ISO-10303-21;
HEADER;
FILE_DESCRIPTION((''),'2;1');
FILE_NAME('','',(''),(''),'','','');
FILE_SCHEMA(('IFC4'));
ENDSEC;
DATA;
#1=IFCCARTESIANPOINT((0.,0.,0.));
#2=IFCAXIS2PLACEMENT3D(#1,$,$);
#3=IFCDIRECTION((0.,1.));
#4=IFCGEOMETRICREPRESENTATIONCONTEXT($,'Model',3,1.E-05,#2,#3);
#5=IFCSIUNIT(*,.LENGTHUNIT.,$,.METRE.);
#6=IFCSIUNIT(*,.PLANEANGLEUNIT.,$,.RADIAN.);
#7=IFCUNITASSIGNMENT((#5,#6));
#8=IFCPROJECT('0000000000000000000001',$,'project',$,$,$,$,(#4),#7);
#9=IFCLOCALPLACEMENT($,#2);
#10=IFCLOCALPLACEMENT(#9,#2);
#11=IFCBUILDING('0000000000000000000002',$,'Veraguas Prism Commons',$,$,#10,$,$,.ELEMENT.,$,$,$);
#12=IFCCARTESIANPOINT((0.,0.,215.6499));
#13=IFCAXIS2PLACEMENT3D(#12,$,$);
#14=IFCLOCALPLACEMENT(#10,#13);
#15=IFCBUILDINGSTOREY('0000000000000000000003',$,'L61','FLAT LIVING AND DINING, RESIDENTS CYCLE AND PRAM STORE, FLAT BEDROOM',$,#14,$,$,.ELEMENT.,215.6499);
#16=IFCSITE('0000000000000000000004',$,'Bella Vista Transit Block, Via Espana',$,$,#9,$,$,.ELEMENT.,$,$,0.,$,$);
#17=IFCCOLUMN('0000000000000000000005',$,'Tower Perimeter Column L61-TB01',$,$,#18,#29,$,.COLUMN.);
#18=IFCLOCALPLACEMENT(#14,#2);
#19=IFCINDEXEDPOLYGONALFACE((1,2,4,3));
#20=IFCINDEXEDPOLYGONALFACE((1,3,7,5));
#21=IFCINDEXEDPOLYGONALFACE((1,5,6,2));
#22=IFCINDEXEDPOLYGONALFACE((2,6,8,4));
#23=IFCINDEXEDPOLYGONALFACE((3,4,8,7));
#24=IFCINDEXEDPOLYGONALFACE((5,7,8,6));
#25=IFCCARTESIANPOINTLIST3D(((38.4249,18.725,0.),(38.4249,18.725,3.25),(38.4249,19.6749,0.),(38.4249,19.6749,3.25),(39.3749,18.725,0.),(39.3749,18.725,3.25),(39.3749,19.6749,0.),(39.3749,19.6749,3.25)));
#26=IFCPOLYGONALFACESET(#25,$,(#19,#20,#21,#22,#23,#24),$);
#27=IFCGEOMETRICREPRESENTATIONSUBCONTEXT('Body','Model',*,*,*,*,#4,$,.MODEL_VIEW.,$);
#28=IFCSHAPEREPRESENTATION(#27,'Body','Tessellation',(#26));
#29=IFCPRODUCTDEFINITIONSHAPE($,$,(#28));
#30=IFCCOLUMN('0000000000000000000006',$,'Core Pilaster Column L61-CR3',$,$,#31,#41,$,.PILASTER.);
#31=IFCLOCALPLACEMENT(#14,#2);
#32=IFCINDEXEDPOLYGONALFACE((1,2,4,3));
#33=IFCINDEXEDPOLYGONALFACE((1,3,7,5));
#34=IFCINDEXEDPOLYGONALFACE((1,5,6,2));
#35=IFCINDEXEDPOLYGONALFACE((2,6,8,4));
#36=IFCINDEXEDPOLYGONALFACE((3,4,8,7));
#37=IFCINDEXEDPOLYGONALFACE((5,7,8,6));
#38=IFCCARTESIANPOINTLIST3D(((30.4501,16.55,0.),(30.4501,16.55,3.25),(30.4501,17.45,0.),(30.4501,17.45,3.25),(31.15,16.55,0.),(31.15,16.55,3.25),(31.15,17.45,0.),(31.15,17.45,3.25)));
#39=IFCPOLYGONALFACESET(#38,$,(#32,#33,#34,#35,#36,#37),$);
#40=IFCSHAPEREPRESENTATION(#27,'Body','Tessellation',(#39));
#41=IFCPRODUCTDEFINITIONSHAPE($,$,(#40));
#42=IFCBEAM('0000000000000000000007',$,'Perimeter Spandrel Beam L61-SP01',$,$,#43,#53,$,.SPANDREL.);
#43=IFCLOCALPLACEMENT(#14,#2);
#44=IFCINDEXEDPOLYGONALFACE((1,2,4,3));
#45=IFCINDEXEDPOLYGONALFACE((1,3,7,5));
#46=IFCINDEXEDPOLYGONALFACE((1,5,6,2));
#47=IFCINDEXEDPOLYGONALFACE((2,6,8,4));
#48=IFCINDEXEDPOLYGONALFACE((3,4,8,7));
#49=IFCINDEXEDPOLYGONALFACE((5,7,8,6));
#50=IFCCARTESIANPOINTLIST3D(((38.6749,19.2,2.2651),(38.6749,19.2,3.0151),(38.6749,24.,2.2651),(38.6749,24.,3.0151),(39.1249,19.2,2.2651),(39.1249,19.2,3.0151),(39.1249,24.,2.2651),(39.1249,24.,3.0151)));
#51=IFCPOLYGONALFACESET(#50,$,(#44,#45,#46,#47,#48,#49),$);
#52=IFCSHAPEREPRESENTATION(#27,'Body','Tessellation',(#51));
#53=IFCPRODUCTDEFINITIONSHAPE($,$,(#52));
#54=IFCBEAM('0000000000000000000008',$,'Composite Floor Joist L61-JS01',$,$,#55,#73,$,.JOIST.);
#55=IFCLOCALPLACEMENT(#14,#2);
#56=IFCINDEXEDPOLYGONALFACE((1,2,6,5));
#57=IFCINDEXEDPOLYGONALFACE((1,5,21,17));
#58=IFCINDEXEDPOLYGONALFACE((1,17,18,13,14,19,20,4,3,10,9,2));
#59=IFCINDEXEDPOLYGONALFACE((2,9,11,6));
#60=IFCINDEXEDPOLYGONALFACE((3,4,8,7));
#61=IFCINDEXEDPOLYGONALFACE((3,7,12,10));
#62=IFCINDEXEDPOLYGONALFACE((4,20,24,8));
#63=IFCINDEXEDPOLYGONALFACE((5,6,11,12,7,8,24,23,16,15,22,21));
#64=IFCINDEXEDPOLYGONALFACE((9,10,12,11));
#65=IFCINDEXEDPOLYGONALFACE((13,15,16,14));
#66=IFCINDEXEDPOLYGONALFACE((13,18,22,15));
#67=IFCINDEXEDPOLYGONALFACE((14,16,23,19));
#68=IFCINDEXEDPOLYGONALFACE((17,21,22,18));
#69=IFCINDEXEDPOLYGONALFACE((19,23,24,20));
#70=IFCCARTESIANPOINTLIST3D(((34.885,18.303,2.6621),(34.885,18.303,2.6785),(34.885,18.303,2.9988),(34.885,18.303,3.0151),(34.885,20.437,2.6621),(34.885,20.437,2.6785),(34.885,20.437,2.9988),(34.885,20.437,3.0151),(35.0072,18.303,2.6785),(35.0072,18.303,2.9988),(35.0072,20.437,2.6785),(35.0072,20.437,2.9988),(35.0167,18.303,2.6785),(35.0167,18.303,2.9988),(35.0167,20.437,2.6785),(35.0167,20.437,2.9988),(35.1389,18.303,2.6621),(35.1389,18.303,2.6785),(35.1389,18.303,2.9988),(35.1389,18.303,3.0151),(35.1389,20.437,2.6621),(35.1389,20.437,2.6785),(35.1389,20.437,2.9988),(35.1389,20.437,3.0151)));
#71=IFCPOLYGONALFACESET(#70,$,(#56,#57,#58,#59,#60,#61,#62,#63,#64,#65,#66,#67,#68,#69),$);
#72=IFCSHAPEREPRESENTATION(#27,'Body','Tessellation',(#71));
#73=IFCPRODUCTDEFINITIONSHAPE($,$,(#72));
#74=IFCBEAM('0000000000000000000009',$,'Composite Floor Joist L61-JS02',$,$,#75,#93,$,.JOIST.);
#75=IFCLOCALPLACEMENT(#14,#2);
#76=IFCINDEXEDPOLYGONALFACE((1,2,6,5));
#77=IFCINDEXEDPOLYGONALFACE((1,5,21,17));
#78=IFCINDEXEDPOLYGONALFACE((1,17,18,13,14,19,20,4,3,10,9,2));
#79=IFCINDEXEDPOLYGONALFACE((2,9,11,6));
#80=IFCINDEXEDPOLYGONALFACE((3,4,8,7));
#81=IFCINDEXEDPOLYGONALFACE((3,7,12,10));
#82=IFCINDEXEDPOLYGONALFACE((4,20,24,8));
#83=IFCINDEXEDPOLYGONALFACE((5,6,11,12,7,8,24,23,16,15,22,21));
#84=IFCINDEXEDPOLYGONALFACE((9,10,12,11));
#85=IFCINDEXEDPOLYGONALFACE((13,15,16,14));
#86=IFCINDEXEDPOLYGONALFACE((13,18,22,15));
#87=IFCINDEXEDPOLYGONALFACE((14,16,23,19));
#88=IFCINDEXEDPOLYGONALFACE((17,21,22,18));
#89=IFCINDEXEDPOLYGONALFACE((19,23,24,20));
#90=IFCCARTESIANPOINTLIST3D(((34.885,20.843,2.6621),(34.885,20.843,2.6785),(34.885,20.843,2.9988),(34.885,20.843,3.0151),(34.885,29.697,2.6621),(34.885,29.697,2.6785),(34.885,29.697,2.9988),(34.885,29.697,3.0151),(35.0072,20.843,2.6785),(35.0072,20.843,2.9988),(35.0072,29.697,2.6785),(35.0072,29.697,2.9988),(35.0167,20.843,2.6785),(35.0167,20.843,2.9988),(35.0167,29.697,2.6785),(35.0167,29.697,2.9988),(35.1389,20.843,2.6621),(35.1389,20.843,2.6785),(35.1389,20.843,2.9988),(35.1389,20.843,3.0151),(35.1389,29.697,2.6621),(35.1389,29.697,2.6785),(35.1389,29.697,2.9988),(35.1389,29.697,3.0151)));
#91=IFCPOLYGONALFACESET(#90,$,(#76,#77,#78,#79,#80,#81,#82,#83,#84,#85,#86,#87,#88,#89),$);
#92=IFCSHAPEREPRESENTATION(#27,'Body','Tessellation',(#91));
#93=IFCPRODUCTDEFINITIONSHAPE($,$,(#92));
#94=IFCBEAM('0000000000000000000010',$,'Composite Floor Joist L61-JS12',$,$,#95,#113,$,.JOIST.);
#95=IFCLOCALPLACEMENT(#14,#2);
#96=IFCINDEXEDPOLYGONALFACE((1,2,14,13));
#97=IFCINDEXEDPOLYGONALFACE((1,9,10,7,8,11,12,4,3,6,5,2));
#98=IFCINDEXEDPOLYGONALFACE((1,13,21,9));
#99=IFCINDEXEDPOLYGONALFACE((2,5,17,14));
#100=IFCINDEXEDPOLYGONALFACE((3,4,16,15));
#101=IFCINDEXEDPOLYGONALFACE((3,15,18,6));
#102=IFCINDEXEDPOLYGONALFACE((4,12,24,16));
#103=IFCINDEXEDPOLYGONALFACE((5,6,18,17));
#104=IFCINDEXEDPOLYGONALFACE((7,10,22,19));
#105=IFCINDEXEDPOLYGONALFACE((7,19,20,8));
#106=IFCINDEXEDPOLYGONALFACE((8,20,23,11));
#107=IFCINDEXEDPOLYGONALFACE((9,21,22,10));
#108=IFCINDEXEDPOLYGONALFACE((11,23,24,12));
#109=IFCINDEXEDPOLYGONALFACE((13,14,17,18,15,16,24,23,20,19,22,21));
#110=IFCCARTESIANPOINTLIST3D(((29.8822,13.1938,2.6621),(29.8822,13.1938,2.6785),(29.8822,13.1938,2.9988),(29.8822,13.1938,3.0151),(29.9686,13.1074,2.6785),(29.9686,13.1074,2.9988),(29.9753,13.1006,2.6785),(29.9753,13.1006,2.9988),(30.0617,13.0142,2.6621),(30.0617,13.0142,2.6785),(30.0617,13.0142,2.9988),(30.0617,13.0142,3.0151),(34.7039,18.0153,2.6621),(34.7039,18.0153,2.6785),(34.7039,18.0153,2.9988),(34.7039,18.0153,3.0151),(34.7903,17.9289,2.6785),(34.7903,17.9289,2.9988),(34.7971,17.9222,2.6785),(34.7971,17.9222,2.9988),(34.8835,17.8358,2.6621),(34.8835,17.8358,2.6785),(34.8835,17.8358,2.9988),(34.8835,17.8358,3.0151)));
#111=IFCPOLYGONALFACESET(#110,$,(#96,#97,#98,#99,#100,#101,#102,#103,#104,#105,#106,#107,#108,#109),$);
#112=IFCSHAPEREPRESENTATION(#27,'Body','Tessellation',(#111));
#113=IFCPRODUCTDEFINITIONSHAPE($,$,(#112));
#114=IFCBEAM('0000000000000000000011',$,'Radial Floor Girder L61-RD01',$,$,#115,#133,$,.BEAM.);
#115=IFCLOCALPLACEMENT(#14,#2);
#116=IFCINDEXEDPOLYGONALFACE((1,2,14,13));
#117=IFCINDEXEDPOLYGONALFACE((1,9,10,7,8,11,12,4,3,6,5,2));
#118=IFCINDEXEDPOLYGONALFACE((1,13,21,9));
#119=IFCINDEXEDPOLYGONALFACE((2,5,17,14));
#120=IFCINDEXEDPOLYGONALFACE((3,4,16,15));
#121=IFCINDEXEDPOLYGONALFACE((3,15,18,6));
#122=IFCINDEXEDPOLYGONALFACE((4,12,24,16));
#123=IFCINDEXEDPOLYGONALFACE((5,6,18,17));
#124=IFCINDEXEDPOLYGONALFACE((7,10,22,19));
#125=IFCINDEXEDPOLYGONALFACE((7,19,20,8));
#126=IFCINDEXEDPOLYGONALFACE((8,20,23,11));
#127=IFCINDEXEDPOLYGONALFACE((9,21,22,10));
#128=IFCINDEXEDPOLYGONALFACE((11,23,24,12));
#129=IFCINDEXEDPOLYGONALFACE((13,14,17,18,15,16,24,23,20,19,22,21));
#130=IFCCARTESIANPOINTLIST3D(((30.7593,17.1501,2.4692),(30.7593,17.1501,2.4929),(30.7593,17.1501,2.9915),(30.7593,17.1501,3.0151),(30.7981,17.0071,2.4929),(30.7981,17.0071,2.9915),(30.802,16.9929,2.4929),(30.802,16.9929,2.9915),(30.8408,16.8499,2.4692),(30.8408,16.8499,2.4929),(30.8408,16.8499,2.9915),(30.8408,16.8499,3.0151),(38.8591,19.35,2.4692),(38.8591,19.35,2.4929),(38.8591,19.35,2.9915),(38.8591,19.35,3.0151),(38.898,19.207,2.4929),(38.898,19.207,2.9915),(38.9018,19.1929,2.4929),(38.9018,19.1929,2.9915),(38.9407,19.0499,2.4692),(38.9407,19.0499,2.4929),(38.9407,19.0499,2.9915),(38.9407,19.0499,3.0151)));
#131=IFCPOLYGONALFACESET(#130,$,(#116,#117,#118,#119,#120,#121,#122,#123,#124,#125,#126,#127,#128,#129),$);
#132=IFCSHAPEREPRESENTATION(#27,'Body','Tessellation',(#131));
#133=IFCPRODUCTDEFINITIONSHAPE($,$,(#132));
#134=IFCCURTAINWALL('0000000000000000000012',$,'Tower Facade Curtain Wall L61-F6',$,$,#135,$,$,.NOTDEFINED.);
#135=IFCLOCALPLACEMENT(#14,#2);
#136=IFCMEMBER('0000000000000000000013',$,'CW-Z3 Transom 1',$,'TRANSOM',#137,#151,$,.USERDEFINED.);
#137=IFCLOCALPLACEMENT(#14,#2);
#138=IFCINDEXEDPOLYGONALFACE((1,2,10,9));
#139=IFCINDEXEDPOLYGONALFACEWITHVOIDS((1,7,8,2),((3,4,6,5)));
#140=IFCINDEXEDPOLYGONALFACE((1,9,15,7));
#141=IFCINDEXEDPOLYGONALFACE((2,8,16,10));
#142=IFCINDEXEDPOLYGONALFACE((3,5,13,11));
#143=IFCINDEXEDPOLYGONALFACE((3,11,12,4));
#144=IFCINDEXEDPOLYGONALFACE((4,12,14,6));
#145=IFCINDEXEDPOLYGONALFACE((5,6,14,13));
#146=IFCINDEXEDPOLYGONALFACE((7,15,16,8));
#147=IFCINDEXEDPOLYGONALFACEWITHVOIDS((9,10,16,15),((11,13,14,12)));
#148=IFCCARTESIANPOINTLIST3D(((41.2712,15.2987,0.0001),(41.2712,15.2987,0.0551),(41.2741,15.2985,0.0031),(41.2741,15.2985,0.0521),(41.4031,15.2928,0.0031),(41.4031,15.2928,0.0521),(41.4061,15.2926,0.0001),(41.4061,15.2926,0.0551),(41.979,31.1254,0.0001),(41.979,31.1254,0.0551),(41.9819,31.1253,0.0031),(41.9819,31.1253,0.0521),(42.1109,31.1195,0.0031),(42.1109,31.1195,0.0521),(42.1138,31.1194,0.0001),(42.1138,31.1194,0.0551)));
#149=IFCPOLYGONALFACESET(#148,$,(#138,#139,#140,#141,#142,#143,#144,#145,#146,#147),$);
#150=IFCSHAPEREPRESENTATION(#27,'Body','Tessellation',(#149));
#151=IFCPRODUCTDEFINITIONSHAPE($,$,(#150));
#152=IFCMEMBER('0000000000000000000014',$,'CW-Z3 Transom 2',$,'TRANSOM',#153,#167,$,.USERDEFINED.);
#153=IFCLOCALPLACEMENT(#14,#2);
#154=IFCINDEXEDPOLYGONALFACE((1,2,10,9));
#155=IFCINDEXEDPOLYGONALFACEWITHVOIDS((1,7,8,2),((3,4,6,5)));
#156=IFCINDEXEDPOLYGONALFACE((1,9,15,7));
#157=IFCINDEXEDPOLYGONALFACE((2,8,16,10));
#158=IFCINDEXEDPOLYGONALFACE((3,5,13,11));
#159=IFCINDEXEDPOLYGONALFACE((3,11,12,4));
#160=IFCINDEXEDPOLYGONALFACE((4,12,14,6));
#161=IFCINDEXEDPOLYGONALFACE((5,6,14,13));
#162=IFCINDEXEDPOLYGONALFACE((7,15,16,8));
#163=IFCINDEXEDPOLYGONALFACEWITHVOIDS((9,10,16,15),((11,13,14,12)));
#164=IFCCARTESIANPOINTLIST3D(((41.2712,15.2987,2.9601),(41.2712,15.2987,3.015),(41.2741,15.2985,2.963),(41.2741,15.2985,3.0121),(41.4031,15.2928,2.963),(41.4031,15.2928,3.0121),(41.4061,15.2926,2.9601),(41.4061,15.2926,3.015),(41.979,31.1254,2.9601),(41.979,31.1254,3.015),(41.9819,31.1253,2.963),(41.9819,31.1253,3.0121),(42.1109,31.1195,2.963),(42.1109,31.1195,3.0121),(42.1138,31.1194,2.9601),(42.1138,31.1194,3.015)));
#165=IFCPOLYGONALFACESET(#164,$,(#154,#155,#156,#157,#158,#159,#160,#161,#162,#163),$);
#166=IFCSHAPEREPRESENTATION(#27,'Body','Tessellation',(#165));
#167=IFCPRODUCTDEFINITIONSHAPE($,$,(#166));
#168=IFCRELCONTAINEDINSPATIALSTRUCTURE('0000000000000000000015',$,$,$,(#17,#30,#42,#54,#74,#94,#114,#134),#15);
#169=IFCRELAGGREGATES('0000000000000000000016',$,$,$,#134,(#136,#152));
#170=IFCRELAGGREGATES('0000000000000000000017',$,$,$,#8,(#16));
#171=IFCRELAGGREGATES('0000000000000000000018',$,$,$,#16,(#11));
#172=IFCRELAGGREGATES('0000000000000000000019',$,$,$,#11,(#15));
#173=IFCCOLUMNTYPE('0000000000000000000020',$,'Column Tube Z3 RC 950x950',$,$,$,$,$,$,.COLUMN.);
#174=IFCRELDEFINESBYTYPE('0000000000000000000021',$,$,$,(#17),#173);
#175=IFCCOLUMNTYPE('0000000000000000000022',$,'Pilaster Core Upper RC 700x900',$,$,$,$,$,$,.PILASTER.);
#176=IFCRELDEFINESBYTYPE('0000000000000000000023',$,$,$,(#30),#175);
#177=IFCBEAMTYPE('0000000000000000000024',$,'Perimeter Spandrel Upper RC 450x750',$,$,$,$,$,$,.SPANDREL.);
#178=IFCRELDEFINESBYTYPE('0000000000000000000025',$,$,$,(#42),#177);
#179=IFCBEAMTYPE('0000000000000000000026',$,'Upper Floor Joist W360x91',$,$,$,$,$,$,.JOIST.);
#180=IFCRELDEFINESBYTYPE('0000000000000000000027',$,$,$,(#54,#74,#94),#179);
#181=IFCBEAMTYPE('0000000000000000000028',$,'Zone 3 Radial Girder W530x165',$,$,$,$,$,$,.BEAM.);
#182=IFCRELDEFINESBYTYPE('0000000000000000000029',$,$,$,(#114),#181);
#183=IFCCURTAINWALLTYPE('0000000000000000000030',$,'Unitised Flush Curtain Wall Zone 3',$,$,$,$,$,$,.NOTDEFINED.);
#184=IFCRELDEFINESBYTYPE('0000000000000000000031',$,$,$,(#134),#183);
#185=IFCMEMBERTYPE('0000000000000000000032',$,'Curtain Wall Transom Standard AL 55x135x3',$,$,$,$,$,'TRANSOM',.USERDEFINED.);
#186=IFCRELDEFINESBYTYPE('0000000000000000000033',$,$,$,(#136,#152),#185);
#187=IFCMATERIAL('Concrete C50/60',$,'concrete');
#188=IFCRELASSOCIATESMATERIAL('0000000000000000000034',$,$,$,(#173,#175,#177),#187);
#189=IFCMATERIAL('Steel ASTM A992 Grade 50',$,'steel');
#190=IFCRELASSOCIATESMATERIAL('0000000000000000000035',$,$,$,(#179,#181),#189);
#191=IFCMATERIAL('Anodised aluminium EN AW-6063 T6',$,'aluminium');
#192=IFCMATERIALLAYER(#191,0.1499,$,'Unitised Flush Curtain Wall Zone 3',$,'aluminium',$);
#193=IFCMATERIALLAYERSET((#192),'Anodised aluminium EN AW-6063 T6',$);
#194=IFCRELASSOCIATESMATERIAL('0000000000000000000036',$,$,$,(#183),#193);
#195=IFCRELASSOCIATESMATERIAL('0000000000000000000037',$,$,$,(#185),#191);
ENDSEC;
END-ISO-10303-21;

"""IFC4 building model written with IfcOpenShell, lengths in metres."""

from ifc_helpers import new_model, si_unit, direction, frame, origin, origin_2d, place, context, subcontext, project, spatial, rectangle, hollow_rectangle, i_section, extrude, source, transform, mapped, material, layer, layer_set, material_profile, profile_set, type_object, element, aggregate, save


model = new_model("IFC4")

# Units and contexts
model_context = context("Model", 3, precision=1e-05, world=origin(), true_north=direction((0.0, 1.0)))
body_context = subcontext(model_context, "Body", "Model", "MODEL_VIEW")
ifc_project = project(units=[si_unit("LENGTHUNIT", "METRE"), si_unit("PLANEANGLEUNIT", "RADIAN")], contexts=[model_context])

# Site, building, storey
site_placement = place(None, origin())
site = spatial("IfcSite", under=ifc_project, at=site_placement, Name="Bella Vista Transit Block, Via Espana", CompositionType="ELEMENT", RefElevation=0.0)
building_placement = place(site_placement, origin())
building = spatial("IfcBuilding", under=site, at=building_placement, Name="Veraguas Prism Commons", CompositionType="ELEMENT")
storey_placement = place(building_placement, frame((0.0, 0.0, 215.6499)))
storey = spatial("IfcBuildingStorey", under=building, at=storey_placement, Name="L61", Description="FLAT LIVING AND DINING, RESIDENTS CYCLE AND PRAM STORE, FLAT BEDROOM", CompositionType="ELEMENT", Elevation=215.6499)

# Columns
ifc_material_1 = material(Name="Concrete C50/60", Category="concrete")
ifc_material_profile_1 = material_profile(ifc_material_1, rectangle(XDim=0.95, YDim=0.95, at=origin_2d()), Name="RC950X950")
ifc_profile_set_1 = profile_set([ifc_material_profile_1], Name="Concrete C50/60")
column_type_1 = type_object("IfcColumnType", Name="Column Tube Z3 RC 950x950", PredefinedType="COLUMN", material=ifc_profile_set_1)
column_1_placement = place(storey_placement, frame((38.8999, 19.2, 0.0), z_axis=(0.0, 0.0, 1.0), x_axis=(1.0, 0.0, 0.0)))
element("IfcColumn", 1, at=column_1_placement, inside=storey, type_object=column_type_1, Name="Tower Perimeter Column L61-TB01", PredefinedType="COLUMN", context=body_context, shape_type="SweptSolid", body=[
    extrude(rectangle(XDim=0.95, YDim=0.95, at=origin_2d()), origin(), (0.0, 0.0, 1.0), 3.25),
])
ifc_material_profile_2 = material_profile(ifc_material_1, rectangle(XDim=0.7, YDim=0.8999, at=origin_2d()), Name="RC700X900")
ifc_profile_set_2 = profile_set([ifc_material_profile_2], Name="Concrete C50/60")
column_type_2 = type_object("IfcColumnType", Name="Pilaster Core Upper RC 700x900", PredefinedType="PILASTER", material=ifc_profile_set_2)
column_2_placement = place(storey_placement, frame((30.8, 17.0, 0.0), z_axis=(0.0, 0.0, 1.0), x_axis=(1.0, 0.0, 0.0)))
element("IfcColumn", 2, at=column_2_placement, inside=storey, type_object=column_type_2, Name="Core Pilaster Column L61-CR3", PredefinedType="PILASTER", context=body_context, shape_type="SweptSolid", body=[
    extrude(rectangle(XDim=0.7, YDim=0.8999, at=origin_2d()), origin(), (0.0, 0.0, 1.0), 3.25),
])

# Beams
ifc_material_profile_3 = material_profile(ifc_material_1, rectangle(XDim=0.45, YDim=0.75, at=origin_2d()), Name="RC450X750")
ifc_profile_set_3 = profile_set([ifc_material_profile_3], Name="Concrete C50/60")
beam_type_1 = type_object("IfcBeamType", Name="Perimeter Spandrel Upper RC 450x750", PredefinedType="SPANDREL", material=ifc_profile_set_3)
beam_1_placement = place(storey_placement, frame((38.8999, 19.2, 2.6401), z_axis=(0.0, 1.0, 0.0), x_axis=(-1.0, 0.0, 0.0)))
element("IfcBeam", 3, at=beam_1_placement, inside=storey, type_object=beam_type_1, Name="Perimeter Spandrel Beam L61-SP01", PredefinedType="SPANDREL", context=body_context, shape_type="SweptSolid", body=[
    extrude(rectangle(XDim=0.45, YDim=0.75, at=origin_2d()), origin(), (0.0, 0.0, 1.0), 4.8),
])
ifc_material_2 = material(Name="Steel ASTM A992 Grade 50", Category="steel")
ifc_material_profile_4 = material_profile(ifc_material_2, i_section(OverallWidth=0.2539, OverallDepth=0.353, WebThickness=0.0095, FlangeThickness=0.0164, at=origin_2d()), Name="W360X91")
ifc_profile_set_4 = profile_set([ifc_material_profile_4], Name="Steel ASTM A992 Grade 50")
beam_type_2 = type_object("IfcBeamType", Name="Upper Floor Joist W360x91", PredefinedType="JOIST", material=ifc_profile_set_4)
beam_2_placement = place(storey_placement, frame((35.012, 18.303, 2.8386), z_axis=(0.0, 1.0, 0.0), x_axis=(-1.0, 0.0, 0.0)))
element("IfcBeam", 4, at=beam_2_placement, inside=storey, type_object=beam_type_2, Name="Composite Floor Joist L61-JS01", PredefinedType="JOIST", context=body_context, shape_type="SweptSolid", body=[
    extrude(i_section(OverallWidth=0.2539, OverallDepth=0.353, WebThickness=0.0095, FlangeThickness=0.0164, at=origin_2d()), origin(), (0.0, 0.0, 1.0), 2.134),
])
beam_3_placement = place(storey_placement, frame((35.012, 20.843, 2.8386), z_axis=(0.0, 1.0, 0.0), x_axis=(-1.0, 0.0, 0.0)))
element("IfcBeam", 5, at=beam_3_placement, inside=storey, type_object=beam_type_2, Name="Composite Floor Joist L61-JS02", PredefinedType="JOIST", context=body_context, shape_type="SweptSolid", body=[
    extrude(i_section(OverallWidth=0.2539, OverallDepth=0.353, WebThickness=0.0095, FlangeThickness=0.0164, at=origin_2d()), origin(), (0.0, 0.0, 1.0), 8.854),
])
beam_4_placement = place(storey_placement, frame((29.9719, 13.104, 2.8386), z_axis=(0.707125, 0.707089, 0.0), x_axis=(-0.707089, 0.707125, 0.0)))
element("IfcBeam", 6, at=beam_4_placement, inside=storey, type_object=beam_type_2, Name="Composite Floor Joist L61-JS12", PredefinedType="JOIST", context=body_context, shape_type="SweptSolid", body=[
    extrude(i_section(OverallWidth=0.2539, OverallDepth=0.353, WebThickness=0.0095, FlangeThickness=0.0164, at=origin_2d()), origin(), (0.0, 0.0, 1.0), 6.8188),
])
ifc_material_profile_5 = material_profile(ifc_material_2, i_section(OverallWidth=0.311, OverallDepth=0.5459, WebThickness=0.0146, FlangeThickness=0.0237, at=origin_2d()), Name="W530X165")
ifc_profile_set_5 = profile_set([ifc_material_profile_5], Name="Steel ASTM A992 Grade 50")
beam_type_3 = type_object("IfcBeamType", Name="Zone 3 Radial Girder W530x165", PredefinedType="BEAM", material=ifc_profile_set_5)
beam_5_placement = place(storey_placement, frame((38.8999, 19.2, 2.7422), z_axis=(-0.965039, -0.262108, 0.0), x_axis=(0.262108, -0.965039, 0.0)))
element("IfcBeam", 7, at=beam_5_placement, inside=storey, type_object=beam_type_3, Name="Radial Floor Girder L61-RD01", PredefinedType="BEAM", context=body_context, shape_type="SweptSolid", body=[
    extrude(i_section(OverallWidth=0.311, OverallDepth=0.5459, WebThickness=0.0146, FlangeThickness=0.0237, at=origin_2d()), origin(), (0.0, 0.0, 1.0), 8.3933),
])

# Curtain wall, members
ifc_material_3 = material(Name="Anodised aluminium EN AW-6063 T6", Category="aluminium")
ifc_layer_1 = layer(ifc_material_3, 0.1499, Name="Unitised Flush Curtain Wall Zone 3", Category="aluminium")
ifc_layer_set_1 = layer_set([ifc_layer_1], Name="Anodised aluminium EN AW-6063 T6")
curtain_wall_type = type_object("IfcCurtainWallType", Name="Unitised Flush Curtain Wall Zone 3", PredefinedType="NOTDEFINED", material=ifc_layer_set_1)
curtain_wall_1_placement = place(storey_placement, origin())
curtain_wall_1 = element("IfcCurtainWall", 8, at=curtain_wall_1_placement, inside=storey, type_object=curtain_wall_type, Name="Tower Facade Curtain Wall L61-F6", PredefinedType="NOTDEFINED")
ifc_material_profile_6 = material_profile(ifc_material_3, hollow_rectangle(XDim=0.0549, YDim=0.135, WallThickness=0.0029, at=origin_2d()), Name="AL55X135X3")
ifc_profile_set_6 = profile_set([ifc_material_profile_6], Name="Anodised aluminium EN AW-6063 T6")
member_type_1 = type_object("IfcMemberType", Name="Curtain Wall Transom Standard AL 55x135x3", ElementType="TRANSOM", PredefinedType="USERDEFINED", material=ifc_profile_set_6)
shared_shape_1 = source(origin(), body_context, "Body", "SweptSolid", [
    extrude(hollow_rectangle(XDim=0.0549, YDim=0.135, WallThickness=0.0029, at=origin_2d()), origin(), (0.0, 0.0, 1.0), 15.8425),
])
member_1_placement = place(storey_placement, frame((41.3386, 15.2957, 0.0276), z_axis=(0.044675, 0.999002, 0.0), x_axis=(0.0, 0.0, 1.0)))
member_1 = element("IfcMember", 9, at=member_1_placement, type_object=member_type_1, Name="CW-Z3 Transom 1", ObjectType="TRANSOM", PredefinedType="USERDEFINED", context=body_context, shape_type="MappedRepresentation", body=[
    mapped(shared_shape_1, transform((0.0, 0.0, 0.0), scale=1.0)),
])
member_2_placement = place(storey_placement, frame((41.3386, 15.2957, 2.9875), z_axis=(0.044675, 0.999002, 0.0), x_axis=(0.0, 0.0, 1.0)))
member_2 = element("IfcMember", 10, at=member_2_placement, type_object=member_type_1, Name="CW-Z3 Transom 2", ObjectType="TRANSOM", PredefinedType="USERDEFINED", context=body_context, shape_type="MappedRepresentation", body=[
    mapped(shared_shape_1, transform((0.0, 0.0, 0.0), scale=1.0)),
])

aggregate(curtain_wall_1, [member_1, member_2])

save(model, "model.ifc")
